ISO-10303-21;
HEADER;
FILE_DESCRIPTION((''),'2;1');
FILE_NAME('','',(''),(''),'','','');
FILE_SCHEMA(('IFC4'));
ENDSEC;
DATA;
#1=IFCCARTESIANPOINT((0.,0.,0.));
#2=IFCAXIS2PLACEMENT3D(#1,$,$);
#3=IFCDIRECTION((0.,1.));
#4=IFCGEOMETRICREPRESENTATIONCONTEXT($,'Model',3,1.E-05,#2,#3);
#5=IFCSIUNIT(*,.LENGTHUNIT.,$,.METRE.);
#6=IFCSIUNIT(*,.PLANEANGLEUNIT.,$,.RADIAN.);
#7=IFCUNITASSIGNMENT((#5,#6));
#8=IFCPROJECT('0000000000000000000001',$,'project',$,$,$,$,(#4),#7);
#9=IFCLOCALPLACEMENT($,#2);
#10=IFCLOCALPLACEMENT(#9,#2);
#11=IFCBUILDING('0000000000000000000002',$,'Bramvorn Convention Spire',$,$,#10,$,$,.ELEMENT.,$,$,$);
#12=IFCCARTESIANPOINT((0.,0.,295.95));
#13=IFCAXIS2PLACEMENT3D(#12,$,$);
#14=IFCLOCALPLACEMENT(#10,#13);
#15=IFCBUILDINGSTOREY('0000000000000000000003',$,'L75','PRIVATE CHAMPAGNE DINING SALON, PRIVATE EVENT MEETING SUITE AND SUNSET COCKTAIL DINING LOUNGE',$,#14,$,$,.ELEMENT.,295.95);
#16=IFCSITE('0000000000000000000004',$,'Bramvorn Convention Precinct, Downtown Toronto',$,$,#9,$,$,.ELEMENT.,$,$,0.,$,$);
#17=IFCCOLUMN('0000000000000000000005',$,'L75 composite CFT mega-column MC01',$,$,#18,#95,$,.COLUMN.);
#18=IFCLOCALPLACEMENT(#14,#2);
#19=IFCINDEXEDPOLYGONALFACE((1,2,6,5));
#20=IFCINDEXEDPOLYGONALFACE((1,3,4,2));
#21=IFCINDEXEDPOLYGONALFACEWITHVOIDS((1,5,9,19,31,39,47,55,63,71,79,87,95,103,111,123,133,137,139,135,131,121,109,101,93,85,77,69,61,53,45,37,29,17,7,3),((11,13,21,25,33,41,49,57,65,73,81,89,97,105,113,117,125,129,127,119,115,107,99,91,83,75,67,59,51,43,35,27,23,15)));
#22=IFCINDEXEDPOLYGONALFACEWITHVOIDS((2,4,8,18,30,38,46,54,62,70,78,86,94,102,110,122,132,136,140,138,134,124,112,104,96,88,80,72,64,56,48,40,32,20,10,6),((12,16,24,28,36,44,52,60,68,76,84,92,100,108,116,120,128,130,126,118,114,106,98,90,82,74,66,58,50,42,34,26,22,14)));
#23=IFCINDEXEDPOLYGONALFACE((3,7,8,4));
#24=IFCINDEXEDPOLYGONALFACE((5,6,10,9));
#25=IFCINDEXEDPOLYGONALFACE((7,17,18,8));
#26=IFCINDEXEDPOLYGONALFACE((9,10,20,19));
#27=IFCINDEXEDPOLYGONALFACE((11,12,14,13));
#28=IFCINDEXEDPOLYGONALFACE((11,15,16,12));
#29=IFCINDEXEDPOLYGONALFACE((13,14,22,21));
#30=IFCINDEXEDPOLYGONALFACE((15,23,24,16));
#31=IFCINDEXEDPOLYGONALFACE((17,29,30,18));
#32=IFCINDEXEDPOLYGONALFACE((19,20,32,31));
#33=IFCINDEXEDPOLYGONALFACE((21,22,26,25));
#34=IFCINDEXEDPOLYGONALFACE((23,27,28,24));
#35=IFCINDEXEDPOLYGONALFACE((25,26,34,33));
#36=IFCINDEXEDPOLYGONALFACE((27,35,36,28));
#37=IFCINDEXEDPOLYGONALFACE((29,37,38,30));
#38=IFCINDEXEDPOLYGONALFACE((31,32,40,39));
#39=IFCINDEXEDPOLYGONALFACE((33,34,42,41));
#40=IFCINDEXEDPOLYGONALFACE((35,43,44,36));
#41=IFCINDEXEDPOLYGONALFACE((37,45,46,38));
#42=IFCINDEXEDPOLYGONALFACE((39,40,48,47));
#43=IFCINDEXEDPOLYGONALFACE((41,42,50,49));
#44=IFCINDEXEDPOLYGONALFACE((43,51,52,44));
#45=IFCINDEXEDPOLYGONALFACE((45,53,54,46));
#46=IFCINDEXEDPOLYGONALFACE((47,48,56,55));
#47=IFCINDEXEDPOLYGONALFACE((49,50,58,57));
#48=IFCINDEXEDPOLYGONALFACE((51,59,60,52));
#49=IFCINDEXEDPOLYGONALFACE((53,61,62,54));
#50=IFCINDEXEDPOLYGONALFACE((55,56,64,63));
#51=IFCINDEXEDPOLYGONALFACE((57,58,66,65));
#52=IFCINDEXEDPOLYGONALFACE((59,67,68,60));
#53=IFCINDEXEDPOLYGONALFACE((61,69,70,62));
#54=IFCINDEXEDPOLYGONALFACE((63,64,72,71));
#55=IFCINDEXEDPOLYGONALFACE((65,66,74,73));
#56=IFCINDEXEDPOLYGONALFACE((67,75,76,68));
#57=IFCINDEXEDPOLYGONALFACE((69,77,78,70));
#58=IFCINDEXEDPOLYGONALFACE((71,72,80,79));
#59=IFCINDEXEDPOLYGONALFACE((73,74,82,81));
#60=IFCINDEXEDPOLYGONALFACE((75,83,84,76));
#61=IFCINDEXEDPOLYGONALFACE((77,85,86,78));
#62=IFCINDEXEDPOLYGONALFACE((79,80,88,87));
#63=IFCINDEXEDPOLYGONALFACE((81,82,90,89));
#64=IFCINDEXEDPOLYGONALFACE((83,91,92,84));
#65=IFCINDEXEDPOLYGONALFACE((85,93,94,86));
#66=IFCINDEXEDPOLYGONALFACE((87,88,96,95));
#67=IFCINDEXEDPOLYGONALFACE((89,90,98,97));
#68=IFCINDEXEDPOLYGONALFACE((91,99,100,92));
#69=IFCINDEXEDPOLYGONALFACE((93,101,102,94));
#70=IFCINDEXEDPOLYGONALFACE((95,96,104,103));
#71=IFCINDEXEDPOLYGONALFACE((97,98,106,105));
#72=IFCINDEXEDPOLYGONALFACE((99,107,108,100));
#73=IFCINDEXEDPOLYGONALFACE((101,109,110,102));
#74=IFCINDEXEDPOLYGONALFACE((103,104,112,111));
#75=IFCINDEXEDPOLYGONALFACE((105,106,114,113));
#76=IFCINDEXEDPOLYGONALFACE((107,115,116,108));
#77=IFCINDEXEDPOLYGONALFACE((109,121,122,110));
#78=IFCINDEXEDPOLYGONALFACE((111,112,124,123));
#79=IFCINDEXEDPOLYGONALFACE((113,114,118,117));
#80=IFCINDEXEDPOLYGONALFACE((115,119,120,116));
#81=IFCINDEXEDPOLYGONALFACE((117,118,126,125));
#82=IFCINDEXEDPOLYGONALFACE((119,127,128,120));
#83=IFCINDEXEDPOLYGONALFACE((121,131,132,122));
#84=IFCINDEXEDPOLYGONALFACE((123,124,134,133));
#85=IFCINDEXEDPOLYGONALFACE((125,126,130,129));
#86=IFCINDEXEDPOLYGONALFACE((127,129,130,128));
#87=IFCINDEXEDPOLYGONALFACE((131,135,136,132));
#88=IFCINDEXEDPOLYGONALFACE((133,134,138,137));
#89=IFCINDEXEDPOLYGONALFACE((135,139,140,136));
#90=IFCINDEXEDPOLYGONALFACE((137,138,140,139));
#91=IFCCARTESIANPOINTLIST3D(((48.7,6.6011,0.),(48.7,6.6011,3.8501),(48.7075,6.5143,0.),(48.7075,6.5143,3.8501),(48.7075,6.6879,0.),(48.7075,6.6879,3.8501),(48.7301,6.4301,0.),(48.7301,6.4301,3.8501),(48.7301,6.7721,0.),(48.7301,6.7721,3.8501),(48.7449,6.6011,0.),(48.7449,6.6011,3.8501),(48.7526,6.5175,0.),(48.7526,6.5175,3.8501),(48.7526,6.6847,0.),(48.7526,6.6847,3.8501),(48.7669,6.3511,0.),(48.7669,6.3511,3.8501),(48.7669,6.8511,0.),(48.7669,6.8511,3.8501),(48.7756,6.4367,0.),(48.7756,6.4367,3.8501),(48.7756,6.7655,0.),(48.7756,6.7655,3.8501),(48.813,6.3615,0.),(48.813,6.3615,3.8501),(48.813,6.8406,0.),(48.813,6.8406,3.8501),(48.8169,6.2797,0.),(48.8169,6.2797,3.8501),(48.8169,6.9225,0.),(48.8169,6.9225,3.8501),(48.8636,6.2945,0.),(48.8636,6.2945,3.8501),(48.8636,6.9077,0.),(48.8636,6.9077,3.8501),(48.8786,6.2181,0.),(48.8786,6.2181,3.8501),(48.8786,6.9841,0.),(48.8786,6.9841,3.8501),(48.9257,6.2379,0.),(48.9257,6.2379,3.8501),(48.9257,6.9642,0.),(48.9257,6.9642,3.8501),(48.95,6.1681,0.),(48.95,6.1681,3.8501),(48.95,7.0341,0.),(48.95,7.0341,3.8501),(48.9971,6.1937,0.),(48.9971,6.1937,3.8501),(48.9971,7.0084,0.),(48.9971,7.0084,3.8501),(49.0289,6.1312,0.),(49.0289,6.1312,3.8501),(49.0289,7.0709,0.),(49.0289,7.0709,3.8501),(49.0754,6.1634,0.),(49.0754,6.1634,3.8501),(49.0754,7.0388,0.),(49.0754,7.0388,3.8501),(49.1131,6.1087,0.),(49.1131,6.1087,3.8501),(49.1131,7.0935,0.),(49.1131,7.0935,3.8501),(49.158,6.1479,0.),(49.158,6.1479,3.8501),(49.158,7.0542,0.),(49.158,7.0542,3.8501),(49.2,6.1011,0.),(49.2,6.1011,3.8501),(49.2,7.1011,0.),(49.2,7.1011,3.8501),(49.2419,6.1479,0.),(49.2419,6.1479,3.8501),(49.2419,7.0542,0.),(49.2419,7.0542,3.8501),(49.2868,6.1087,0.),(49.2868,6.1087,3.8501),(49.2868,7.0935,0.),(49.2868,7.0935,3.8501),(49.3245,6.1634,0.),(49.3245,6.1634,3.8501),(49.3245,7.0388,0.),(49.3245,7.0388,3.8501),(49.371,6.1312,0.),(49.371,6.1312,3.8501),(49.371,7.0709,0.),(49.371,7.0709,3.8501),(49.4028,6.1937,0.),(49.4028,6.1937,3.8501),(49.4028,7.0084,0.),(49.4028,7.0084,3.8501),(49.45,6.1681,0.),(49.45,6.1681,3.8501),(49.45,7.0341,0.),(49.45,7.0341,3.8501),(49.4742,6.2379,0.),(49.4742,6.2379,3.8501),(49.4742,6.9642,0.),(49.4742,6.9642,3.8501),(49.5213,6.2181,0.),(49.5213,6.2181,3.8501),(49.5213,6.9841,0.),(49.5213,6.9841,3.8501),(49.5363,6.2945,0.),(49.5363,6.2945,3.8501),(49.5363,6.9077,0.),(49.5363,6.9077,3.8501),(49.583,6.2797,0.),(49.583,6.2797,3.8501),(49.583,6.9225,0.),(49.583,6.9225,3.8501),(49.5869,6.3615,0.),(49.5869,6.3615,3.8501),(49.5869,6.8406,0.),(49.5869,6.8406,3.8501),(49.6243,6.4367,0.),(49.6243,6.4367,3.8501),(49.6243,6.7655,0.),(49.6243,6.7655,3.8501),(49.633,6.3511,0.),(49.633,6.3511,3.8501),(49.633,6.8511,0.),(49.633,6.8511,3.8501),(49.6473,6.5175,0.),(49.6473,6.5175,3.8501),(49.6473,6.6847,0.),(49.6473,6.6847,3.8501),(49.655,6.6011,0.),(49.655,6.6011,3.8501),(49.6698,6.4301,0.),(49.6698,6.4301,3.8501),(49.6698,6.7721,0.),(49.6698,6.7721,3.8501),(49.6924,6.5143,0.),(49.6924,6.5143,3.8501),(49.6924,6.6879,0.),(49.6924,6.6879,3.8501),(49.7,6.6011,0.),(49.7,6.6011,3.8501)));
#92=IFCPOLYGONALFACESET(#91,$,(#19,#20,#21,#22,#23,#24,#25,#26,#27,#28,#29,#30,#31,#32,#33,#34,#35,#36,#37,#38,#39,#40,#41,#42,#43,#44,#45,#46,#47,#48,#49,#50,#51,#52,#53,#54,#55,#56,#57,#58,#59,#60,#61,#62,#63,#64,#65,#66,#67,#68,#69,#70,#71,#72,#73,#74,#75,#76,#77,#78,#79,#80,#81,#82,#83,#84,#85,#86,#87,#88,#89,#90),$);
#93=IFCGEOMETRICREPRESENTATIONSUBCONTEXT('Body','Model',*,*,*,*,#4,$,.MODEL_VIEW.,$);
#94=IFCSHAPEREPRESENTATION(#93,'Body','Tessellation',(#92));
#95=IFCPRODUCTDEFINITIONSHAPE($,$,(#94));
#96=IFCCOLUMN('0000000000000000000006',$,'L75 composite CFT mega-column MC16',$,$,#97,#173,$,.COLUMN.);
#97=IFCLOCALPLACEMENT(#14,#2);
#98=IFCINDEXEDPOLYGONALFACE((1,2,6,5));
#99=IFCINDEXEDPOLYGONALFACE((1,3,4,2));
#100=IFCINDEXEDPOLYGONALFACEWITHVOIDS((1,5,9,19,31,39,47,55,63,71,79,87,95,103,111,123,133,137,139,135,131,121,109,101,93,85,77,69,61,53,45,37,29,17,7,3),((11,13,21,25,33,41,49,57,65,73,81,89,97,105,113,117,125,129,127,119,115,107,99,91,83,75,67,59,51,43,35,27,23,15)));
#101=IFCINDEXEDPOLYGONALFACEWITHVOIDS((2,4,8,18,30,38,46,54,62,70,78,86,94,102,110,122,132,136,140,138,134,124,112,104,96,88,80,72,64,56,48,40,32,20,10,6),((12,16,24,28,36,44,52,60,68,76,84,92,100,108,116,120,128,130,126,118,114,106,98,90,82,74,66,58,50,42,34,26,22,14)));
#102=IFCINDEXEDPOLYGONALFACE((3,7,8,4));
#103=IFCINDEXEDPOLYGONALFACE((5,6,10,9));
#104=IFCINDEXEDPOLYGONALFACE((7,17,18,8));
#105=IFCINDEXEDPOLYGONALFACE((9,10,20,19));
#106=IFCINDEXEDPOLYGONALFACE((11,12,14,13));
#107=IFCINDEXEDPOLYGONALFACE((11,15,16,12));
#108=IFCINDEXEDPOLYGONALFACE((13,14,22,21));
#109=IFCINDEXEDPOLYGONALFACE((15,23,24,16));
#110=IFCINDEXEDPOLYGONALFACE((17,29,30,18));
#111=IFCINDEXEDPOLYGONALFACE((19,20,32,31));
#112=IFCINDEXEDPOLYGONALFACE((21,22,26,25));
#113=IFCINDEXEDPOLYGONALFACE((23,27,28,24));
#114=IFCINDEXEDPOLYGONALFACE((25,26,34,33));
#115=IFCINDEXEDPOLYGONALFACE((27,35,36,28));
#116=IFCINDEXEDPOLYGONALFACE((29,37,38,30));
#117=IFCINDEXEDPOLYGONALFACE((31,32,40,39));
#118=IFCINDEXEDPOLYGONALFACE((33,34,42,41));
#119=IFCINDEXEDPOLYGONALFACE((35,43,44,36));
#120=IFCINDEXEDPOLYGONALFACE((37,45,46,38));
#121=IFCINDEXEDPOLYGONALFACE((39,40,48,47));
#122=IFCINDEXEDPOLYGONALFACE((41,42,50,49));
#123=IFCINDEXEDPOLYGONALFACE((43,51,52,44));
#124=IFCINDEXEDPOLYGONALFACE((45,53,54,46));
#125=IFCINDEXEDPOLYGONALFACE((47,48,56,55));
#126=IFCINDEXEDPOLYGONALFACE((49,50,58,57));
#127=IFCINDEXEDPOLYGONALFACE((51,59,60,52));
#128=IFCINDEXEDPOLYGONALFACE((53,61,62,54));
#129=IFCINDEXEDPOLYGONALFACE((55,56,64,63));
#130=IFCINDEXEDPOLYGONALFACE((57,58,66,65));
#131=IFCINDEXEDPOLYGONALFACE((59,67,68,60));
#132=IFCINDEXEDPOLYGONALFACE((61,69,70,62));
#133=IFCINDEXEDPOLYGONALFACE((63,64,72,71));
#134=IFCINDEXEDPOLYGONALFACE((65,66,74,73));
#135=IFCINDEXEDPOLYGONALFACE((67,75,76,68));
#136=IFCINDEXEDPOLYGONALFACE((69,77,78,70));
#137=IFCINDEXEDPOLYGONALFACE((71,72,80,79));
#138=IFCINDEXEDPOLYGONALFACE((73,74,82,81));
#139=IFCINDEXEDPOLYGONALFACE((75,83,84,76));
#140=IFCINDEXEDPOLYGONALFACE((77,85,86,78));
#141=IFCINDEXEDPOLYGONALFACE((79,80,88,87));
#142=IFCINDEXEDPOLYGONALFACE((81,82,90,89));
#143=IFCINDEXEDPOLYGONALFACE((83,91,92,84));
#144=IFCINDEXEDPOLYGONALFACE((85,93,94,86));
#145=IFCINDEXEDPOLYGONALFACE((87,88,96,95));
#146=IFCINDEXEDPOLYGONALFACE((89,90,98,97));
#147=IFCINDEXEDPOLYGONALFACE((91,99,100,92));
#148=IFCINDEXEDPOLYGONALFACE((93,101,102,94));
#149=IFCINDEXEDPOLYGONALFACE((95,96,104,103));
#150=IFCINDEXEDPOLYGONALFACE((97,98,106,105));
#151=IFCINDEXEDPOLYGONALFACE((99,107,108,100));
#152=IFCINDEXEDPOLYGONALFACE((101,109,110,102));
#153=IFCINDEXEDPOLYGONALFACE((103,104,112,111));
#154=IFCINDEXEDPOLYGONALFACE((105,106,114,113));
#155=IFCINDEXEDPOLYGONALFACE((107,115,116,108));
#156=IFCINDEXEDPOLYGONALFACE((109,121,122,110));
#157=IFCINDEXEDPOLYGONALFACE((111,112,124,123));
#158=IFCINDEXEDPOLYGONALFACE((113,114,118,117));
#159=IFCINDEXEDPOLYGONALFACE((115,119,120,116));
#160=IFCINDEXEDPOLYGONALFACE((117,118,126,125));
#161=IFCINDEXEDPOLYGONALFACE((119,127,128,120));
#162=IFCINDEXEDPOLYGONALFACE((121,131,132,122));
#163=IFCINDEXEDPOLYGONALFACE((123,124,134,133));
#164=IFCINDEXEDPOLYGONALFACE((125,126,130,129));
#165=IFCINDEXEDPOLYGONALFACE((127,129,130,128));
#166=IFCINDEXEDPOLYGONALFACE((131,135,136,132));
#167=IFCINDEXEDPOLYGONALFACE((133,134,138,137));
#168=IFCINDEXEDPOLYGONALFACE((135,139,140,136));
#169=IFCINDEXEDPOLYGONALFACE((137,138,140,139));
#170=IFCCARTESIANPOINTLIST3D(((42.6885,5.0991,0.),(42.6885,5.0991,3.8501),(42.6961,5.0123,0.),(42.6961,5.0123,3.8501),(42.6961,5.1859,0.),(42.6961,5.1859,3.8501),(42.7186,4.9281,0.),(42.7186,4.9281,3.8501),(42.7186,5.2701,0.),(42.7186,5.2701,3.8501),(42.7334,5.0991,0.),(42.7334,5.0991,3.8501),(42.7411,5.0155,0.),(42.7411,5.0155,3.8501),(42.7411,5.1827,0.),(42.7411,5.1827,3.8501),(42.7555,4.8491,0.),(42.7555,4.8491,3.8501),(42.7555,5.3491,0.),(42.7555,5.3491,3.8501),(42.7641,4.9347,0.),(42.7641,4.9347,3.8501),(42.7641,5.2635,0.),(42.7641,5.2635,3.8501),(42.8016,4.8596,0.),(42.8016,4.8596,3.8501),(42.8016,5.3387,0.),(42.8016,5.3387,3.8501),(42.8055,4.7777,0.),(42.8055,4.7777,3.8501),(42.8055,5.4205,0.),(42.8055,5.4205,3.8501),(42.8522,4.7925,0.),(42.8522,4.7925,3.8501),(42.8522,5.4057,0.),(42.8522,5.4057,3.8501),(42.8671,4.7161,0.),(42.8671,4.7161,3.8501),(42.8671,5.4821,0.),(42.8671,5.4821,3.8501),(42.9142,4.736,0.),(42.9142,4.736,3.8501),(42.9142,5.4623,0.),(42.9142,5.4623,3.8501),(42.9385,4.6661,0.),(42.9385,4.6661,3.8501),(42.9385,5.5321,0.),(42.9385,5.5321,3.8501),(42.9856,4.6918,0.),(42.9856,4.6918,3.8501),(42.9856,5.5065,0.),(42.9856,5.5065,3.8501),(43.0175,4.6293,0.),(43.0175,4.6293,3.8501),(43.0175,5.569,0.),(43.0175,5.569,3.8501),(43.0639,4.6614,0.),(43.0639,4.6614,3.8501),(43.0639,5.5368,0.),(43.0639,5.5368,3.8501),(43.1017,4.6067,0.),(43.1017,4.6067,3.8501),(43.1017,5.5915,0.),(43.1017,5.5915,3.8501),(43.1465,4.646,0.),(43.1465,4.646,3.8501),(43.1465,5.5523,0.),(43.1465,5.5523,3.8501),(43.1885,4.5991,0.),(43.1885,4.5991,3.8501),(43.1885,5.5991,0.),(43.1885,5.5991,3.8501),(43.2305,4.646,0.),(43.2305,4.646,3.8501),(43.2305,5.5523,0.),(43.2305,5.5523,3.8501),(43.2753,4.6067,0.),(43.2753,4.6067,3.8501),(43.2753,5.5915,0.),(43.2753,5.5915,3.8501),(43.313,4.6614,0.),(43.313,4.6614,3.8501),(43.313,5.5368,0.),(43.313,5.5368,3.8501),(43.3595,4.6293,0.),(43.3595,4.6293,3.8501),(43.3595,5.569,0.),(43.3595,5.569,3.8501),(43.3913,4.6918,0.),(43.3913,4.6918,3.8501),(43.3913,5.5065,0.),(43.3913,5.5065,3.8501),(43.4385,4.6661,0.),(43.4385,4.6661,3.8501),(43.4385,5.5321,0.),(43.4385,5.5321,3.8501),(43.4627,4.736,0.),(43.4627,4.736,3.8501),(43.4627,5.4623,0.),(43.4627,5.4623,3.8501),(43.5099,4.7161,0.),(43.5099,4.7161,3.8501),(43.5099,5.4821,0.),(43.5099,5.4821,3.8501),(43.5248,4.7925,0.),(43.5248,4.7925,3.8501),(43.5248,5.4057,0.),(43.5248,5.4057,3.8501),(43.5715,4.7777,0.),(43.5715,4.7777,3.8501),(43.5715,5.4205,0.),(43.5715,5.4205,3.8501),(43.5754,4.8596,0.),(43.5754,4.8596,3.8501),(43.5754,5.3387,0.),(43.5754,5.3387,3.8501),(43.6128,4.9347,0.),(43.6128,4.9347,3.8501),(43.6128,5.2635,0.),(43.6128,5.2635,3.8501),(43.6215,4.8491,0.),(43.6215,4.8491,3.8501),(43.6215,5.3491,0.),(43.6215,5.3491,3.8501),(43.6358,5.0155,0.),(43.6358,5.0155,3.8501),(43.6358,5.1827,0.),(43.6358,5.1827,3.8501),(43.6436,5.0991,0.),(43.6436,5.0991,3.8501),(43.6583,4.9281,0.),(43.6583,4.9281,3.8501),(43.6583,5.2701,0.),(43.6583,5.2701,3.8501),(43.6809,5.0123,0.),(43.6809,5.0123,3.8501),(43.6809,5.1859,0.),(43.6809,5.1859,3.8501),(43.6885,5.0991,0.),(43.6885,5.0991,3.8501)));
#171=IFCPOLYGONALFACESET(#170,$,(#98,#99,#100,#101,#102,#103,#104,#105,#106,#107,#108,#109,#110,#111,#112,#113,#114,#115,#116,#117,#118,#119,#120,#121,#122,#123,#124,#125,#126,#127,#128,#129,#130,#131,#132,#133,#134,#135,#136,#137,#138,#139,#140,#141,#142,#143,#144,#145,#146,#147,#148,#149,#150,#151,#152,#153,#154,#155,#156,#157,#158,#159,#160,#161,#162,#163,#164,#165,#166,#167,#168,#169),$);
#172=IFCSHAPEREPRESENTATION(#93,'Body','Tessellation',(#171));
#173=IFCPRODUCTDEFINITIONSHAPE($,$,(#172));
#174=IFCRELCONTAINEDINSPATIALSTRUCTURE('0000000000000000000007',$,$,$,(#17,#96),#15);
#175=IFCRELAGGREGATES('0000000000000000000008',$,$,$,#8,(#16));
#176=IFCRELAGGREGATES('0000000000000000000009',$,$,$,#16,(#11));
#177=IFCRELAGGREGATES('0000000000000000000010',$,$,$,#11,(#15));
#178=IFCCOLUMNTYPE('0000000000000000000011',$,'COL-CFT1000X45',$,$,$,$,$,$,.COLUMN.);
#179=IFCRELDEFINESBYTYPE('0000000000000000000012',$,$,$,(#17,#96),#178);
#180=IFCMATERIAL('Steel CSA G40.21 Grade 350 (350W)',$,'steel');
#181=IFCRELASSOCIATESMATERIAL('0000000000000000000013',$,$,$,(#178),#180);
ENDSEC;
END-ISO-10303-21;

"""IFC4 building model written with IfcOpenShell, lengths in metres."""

from ifc_helpers import new_model, si_unit, direction, frame, origin, origin_2d, place, context, subcontext, project, spatial, hollow_circle, extrude, material, material_profile, profile_set, type_object, element, save


model = new_model("IFC4")

# Units and contexts
model_context = context("Model", 3, precision=1e-05, world=origin(), true_north=direction((0.0, 1.0)))
body_context = subcontext(model_context, "Body", "Model", "MODEL_VIEW")
ifc_project = project(units=[si_unit("LENGTHUNIT", "METRE"), si_unit("PLANEANGLEUNIT", "RADIAN")], contexts=[model_context])

# Site, building, storey
site_placement = place(None, origin())
site = spatial("IfcSite", under=ifc_project, at=site_placement, Name="Bramvorn Convention Precinct, Downtown Toronto", CompositionType="ELEMENT", RefElevation=0.0)
building_placement = place(site_placement, origin())
building = spatial("IfcBuilding", under=site, at=building_placement, Name="Bramvorn Convention Spire", CompositionType="ELEMENT")
storey_placement = place(building_placement, frame((0.0, 0.0, 295.95)))
storey = spatial("IfcBuildingStorey", under=building, at=storey_placement, Name="L75", Description="PRIVATE CHAMPAGNE DINING SALON, PRIVATE EVENT MEETING SUITE AND SUNSET COCKTAIL DINING LOUNGE", CompositionType="ELEMENT", Elevation=295.95)

# Columns
ifc_material_1 = material(Name="Steel CSA G40.21 Grade 350 (350W)", Category="steel")
ifc_material_profile_1 = material_profile(ifc_material_1, hollow_circle(Radius=0.5, WallThickness=0.0449, at=origin_2d()))
ifc_profile_set_1 = profile_set([ifc_material_profile_1], Name="Steel CSA G40.21 Grade 350 (350W) - CFT1000X45")
column_type = type_object("IfcColumnType", Name="COL-CFT1000X45", PredefinedType="COLUMN", material=ifc_profile_set_1)
for number, where, z_axis, x_axis, name in (
    (1, (49.2, 6.6011, 0.0), (0.0, 0.0, 1.0), (1.0, 0.0, 0.0), "L75 composite CFT mega-column MC01"),
    (2, (43.1885, 5.0991, 0.0), (0.0, 0.0, 1.0), (1.0, 0.0, 0.0), "L75 composite CFT mega-column MC16"),
):
    element("IfcColumn", number, at=place(storey_placement, frame(where, z_axis=z_axis, x_axis=x_axis)), inside=storey, type_object=column_type, Name=name, PredefinedType="COLUMN", context=body_context, shape_type="SweptSolid", body=[
        extrude(hollow_circle(Radius=0.5, WallThickness=0.0449, at=origin_2d()), origin(), (0.0, 0.0, 1.0), 3.8501),
    ])

save(model, "model.ifc")
